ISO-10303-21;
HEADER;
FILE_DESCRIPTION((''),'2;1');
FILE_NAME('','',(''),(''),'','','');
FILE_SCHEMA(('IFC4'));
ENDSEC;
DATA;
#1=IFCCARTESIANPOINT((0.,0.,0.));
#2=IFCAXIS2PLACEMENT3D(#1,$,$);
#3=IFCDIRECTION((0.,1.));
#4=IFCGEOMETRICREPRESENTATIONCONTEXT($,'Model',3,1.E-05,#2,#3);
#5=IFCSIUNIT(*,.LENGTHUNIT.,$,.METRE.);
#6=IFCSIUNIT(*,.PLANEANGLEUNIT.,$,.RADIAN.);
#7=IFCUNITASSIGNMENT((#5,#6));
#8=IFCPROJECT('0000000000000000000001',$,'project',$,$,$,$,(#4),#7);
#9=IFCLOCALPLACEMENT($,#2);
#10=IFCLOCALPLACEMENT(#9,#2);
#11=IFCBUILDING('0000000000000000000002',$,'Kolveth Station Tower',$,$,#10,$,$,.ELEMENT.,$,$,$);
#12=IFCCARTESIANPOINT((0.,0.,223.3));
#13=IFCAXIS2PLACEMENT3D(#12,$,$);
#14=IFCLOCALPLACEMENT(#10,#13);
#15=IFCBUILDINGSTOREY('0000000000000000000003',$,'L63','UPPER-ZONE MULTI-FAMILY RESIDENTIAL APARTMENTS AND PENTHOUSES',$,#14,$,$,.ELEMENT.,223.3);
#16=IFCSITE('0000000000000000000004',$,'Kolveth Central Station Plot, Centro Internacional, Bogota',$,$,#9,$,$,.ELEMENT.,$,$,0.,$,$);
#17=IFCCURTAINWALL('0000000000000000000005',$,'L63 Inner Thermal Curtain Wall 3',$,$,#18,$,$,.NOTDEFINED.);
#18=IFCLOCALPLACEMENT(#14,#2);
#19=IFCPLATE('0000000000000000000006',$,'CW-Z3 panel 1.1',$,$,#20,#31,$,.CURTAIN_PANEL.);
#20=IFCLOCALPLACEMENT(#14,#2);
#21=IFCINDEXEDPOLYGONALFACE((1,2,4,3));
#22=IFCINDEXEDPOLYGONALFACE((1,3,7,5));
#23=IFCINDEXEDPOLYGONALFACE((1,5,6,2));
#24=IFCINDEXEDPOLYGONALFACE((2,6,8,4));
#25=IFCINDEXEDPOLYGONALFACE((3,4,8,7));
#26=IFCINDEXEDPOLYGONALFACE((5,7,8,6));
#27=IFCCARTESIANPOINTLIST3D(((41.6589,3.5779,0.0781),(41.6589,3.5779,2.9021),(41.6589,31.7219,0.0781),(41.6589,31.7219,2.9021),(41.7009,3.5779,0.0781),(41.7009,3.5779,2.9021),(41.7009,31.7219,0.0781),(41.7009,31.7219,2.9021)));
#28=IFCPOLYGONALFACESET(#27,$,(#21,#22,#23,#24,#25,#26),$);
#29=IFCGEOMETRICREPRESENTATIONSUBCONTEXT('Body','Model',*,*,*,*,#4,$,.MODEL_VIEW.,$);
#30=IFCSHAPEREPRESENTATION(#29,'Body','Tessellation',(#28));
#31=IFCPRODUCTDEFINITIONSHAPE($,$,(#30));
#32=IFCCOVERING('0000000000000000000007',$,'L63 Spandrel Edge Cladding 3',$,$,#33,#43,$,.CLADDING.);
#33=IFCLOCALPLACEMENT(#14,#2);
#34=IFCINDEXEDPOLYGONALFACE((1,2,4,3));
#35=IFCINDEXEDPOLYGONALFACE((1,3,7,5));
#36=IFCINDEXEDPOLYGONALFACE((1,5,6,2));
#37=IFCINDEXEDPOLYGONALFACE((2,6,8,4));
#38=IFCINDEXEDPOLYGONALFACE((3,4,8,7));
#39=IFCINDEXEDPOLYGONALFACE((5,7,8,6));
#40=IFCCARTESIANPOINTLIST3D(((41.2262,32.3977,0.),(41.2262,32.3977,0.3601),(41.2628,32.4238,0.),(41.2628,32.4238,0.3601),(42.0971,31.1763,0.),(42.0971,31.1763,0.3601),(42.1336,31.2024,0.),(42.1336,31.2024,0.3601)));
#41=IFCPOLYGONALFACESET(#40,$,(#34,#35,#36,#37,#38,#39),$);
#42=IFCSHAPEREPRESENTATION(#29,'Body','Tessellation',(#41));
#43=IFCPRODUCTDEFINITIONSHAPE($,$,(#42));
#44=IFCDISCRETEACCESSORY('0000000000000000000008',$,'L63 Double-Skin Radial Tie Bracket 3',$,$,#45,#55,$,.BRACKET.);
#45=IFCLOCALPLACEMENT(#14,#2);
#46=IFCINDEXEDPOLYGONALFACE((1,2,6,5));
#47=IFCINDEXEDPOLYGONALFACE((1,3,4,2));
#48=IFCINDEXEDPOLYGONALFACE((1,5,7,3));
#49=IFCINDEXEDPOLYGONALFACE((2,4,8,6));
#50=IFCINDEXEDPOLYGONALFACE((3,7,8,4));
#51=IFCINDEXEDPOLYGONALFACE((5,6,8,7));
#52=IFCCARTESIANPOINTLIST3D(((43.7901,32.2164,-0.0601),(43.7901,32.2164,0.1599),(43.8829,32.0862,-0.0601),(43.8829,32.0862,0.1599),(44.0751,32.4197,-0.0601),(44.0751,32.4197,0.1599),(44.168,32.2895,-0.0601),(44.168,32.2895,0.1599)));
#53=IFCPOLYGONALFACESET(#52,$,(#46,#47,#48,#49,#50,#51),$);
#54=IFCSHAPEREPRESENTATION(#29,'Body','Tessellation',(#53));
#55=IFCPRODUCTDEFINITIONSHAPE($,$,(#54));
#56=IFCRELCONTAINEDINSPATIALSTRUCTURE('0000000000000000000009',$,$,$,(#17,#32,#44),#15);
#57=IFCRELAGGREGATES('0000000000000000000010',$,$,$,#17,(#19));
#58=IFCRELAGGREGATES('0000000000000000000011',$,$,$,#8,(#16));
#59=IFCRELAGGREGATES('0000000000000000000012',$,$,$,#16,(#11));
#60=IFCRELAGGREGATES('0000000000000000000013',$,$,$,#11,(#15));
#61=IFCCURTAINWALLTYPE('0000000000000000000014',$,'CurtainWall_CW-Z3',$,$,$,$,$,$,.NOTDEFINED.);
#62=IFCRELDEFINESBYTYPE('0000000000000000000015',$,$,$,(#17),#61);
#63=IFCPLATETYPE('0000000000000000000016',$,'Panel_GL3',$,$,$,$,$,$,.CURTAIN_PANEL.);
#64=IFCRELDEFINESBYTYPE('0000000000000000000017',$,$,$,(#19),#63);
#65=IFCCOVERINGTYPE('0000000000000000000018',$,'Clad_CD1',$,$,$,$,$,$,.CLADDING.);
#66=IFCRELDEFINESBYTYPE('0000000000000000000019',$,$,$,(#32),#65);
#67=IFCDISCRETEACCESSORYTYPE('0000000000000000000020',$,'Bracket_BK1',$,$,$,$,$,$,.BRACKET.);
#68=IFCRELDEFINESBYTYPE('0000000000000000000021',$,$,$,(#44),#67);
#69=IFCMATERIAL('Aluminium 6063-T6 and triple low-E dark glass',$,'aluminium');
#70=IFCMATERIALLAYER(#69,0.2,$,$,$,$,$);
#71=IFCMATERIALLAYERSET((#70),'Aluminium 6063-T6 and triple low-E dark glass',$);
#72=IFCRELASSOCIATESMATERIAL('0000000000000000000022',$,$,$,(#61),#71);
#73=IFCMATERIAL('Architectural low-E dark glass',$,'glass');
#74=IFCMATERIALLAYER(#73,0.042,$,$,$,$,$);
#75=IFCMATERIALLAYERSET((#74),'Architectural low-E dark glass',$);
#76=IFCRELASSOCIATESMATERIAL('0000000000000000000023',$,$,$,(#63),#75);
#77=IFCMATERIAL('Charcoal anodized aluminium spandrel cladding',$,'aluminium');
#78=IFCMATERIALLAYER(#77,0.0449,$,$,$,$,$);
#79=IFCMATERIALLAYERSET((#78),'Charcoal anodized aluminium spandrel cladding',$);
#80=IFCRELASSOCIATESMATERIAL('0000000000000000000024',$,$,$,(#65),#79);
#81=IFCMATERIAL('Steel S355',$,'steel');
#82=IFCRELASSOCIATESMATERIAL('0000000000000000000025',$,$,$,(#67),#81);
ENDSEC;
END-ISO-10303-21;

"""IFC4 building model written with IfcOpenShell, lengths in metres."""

from ifc_helpers import new_model, si_unit, direction, frame, origin, origin_2d, place, context, subcontext, project, spatial, rectangle, extrude, source, transform, mapped, material, layer, layer_set, type_object, element, aggregate, save


model = new_model("IFC4")

# Units and contexts
model_context = context("Model", 3, precision=1e-05, world=origin(), true_north=direction((0.0, 1.0)))
body_context = subcontext(model_context, "Body", "Model", "MODEL_VIEW")
ifc_project = project(units=[si_unit("LENGTHUNIT", "METRE"), si_unit("PLANEANGLEUNIT", "RADIAN")], contexts=[model_context])

# Site, building, storey
site_placement = place(None, origin())
site = spatial("IfcSite", under=ifc_project, at=site_placement, Name="Kolveth Central Station Plot, Centro Internacional, Bogota", CompositionType="ELEMENT", RefElevation=0.0)
building_placement = place(site_placement, origin())
building = spatial("IfcBuilding", under=site, at=building_placement, Name="Kolveth Station Tower", CompositionType="ELEMENT")
storey_placement = place(building_placement, frame((0.0, 0.0, 223.3)))
storey = spatial("IfcBuildingStorey", under=building, at=storey_placement, Name="L63", Description="UPPER-ZONE MULTI-FAMILY RESIDENTIAL APARTMENTS AND PENTHOUSES", CompositionType="ELEMENT", Elevation=223.3)

# Shared definitions
ifc_material_1 = material(Name="Steel S355", Category="steel")

# Curtain wall
ifc_material_2 = material(Name="Aluminium 6063-T6 and triple low-E dark glass", Category="aluminium")
ifc_layer_1 = layer(ifc_material_2, 0.2)
ifc_layer_set_1 = layer_set([ifc_layer_1], Name="Aluminium 6063-T6 and triple low-E dark glass")
curtain_wall_type_1 = type_object("IfcCurtainWallType", Name="CurtainWall_CW-Z3", PredefinedType="NOTDEFINED", material=ifc_layer_set_1)
curtain_wall_1_placement = place(storey_placement, origin())
curtain_wall_1 = element("IfcCurtainWall", 1, at=curtain_wall_1_placement, inside=storey, type_object=curtain_wall_type_1, Name="L63 Inner Thermal Curtain Wall 3", PredefinedType="NOTDEFINED")

# Plate
ifc_material_3 = material(Name="Architectural low-E dark glass", Category="glass")
ifc_layer_2 = layer(ifc_material_3, 0.042)
ifc_layer_set_2 = layer_set([ifc_layer_2], Name="Architectural low-E dark glass")
plate_type = type_object("IfcPlateType", Name="Panel_GL3", PredefinedType="CURTAIN_PANEL", material=ifc_layer_set_2)
shared_shape_1 = source(origin(), body_context, "Body", "SweptSolid", [
    extrude(rectangle(XDim=28.144, YDim=0.042, at=origin_2d()), origin(), (0.0, 0.0, 1.0), 2.824),
])
plate_placement = place(storey_placement, frame((41.6799, 17.6499, 0.0781), z_axis=(0.0, 0.0, 1.0), x_axis=(0.0, 1.0, 0.0)))
plate = element("IfcPlate", 2, at=plate_placement, type_object=plate_type, Name="CW-Z3 panel 1.1", PredefinedType="CURTAIN_PANEL", context=body_context, shape_type="MappedRepresentation", body=[
    mapped(shared_shape_1, transform((0.0, 0.0, 0.0), x_axis=(1.0, 0.0, 0.0), y_axis=(0.0, 1.0, 0.0), z_axis=(0.0, 0.0, 1.0), scale=1.0)),
])
aggregate(curtain_wall_1, [plate])

# Covering
ifc_material_4 = material(Name="Charcoal anodized aluminium spandrel cladding", Category="aluminium")
ifc_layer_3 = layer(ifc_material_4, 0.0449)
ifc_layer_set_3 = layer_set([ifc_layer_3], Name="Charcoal anodized aluminium spandrel cladding")
covering_type = type_object("IfcCoveringType", Name="Clad_CD1", PredefinedType="CLADDING", material=ifc_layer_set_3)
shared_shape_2 = source(origin(), body_context, "Body", "SweptSolid", [
    extrude(rectangle(XDim=1.5, YDim=0.0449, at=origin_2d()), origin(), (0.0, 0.0, 1.0), 0.3601),
])
covering_placement = place(storey_placement, frame((41.6799, 31.8, 0.0), z_axis=(0.0, 0.0, 1.0), x_axis=(-0.580561, 0.814217, 0.0)))
element("IfcCovering", 3, at=covering_placement, inside=storey, type_object=covering_type, Name="L63 Spandrel Edge Cladding 3", PredefinedType="CLADDING", context=body_context, shape_type="MappedRepresentation", body=[
    mapped(shared_shape_2, transform((0.0, 0.0, 0.0), x_axis=(1.0, 0.0, 0.0), y_axis=(0.0, 1.0, 0.0), z_axis=(0.0, 0.0, 1.0), scale=1.0)),
])

# Discrete accessory
discrete_accessory_type = type_object("IfcDiscreteAccessoryType", Name="Bracket_BK1", PredefinedType="BRACKET", material=ifc_material_1)
shared_shape_3 = source(origin(), body_context, "Body", "SweptSolid", [
    extrude(rectangle(XDim=0.3501, YDim=0.1599, at=origin_2d()), origin(), (0.0, 0.0, 1.0), 0.22),
])
discrete_accessory_placement = place(storey_placement, frame((43.979, 32.2529, -0.0601), z_axis=(0.0, 0.0, 1.0), x_axis=(0.814217, 0.580561, 0.0)))
element("IfcDiscreteAccessory", 4, at=discrete_accessory_placement, inside=storey, type_object=discrete_accessory_type, Name="L63 Double-Skin Radial Tie Bracket 3", PredefinedType="BRACKET", context=body_context, shape_type="MappedRepresentation", body=[
    mapped(shared_shape_3, transform((0.0, 0.0, 0.0), x_axis=(1.0, 0.0, 0.0), y_axis=(0.0, 1.0, 0.0), z_axis=(0.0, 0.0, 1.0), scale=1.0)),
])

save(model, "model.ifc")
